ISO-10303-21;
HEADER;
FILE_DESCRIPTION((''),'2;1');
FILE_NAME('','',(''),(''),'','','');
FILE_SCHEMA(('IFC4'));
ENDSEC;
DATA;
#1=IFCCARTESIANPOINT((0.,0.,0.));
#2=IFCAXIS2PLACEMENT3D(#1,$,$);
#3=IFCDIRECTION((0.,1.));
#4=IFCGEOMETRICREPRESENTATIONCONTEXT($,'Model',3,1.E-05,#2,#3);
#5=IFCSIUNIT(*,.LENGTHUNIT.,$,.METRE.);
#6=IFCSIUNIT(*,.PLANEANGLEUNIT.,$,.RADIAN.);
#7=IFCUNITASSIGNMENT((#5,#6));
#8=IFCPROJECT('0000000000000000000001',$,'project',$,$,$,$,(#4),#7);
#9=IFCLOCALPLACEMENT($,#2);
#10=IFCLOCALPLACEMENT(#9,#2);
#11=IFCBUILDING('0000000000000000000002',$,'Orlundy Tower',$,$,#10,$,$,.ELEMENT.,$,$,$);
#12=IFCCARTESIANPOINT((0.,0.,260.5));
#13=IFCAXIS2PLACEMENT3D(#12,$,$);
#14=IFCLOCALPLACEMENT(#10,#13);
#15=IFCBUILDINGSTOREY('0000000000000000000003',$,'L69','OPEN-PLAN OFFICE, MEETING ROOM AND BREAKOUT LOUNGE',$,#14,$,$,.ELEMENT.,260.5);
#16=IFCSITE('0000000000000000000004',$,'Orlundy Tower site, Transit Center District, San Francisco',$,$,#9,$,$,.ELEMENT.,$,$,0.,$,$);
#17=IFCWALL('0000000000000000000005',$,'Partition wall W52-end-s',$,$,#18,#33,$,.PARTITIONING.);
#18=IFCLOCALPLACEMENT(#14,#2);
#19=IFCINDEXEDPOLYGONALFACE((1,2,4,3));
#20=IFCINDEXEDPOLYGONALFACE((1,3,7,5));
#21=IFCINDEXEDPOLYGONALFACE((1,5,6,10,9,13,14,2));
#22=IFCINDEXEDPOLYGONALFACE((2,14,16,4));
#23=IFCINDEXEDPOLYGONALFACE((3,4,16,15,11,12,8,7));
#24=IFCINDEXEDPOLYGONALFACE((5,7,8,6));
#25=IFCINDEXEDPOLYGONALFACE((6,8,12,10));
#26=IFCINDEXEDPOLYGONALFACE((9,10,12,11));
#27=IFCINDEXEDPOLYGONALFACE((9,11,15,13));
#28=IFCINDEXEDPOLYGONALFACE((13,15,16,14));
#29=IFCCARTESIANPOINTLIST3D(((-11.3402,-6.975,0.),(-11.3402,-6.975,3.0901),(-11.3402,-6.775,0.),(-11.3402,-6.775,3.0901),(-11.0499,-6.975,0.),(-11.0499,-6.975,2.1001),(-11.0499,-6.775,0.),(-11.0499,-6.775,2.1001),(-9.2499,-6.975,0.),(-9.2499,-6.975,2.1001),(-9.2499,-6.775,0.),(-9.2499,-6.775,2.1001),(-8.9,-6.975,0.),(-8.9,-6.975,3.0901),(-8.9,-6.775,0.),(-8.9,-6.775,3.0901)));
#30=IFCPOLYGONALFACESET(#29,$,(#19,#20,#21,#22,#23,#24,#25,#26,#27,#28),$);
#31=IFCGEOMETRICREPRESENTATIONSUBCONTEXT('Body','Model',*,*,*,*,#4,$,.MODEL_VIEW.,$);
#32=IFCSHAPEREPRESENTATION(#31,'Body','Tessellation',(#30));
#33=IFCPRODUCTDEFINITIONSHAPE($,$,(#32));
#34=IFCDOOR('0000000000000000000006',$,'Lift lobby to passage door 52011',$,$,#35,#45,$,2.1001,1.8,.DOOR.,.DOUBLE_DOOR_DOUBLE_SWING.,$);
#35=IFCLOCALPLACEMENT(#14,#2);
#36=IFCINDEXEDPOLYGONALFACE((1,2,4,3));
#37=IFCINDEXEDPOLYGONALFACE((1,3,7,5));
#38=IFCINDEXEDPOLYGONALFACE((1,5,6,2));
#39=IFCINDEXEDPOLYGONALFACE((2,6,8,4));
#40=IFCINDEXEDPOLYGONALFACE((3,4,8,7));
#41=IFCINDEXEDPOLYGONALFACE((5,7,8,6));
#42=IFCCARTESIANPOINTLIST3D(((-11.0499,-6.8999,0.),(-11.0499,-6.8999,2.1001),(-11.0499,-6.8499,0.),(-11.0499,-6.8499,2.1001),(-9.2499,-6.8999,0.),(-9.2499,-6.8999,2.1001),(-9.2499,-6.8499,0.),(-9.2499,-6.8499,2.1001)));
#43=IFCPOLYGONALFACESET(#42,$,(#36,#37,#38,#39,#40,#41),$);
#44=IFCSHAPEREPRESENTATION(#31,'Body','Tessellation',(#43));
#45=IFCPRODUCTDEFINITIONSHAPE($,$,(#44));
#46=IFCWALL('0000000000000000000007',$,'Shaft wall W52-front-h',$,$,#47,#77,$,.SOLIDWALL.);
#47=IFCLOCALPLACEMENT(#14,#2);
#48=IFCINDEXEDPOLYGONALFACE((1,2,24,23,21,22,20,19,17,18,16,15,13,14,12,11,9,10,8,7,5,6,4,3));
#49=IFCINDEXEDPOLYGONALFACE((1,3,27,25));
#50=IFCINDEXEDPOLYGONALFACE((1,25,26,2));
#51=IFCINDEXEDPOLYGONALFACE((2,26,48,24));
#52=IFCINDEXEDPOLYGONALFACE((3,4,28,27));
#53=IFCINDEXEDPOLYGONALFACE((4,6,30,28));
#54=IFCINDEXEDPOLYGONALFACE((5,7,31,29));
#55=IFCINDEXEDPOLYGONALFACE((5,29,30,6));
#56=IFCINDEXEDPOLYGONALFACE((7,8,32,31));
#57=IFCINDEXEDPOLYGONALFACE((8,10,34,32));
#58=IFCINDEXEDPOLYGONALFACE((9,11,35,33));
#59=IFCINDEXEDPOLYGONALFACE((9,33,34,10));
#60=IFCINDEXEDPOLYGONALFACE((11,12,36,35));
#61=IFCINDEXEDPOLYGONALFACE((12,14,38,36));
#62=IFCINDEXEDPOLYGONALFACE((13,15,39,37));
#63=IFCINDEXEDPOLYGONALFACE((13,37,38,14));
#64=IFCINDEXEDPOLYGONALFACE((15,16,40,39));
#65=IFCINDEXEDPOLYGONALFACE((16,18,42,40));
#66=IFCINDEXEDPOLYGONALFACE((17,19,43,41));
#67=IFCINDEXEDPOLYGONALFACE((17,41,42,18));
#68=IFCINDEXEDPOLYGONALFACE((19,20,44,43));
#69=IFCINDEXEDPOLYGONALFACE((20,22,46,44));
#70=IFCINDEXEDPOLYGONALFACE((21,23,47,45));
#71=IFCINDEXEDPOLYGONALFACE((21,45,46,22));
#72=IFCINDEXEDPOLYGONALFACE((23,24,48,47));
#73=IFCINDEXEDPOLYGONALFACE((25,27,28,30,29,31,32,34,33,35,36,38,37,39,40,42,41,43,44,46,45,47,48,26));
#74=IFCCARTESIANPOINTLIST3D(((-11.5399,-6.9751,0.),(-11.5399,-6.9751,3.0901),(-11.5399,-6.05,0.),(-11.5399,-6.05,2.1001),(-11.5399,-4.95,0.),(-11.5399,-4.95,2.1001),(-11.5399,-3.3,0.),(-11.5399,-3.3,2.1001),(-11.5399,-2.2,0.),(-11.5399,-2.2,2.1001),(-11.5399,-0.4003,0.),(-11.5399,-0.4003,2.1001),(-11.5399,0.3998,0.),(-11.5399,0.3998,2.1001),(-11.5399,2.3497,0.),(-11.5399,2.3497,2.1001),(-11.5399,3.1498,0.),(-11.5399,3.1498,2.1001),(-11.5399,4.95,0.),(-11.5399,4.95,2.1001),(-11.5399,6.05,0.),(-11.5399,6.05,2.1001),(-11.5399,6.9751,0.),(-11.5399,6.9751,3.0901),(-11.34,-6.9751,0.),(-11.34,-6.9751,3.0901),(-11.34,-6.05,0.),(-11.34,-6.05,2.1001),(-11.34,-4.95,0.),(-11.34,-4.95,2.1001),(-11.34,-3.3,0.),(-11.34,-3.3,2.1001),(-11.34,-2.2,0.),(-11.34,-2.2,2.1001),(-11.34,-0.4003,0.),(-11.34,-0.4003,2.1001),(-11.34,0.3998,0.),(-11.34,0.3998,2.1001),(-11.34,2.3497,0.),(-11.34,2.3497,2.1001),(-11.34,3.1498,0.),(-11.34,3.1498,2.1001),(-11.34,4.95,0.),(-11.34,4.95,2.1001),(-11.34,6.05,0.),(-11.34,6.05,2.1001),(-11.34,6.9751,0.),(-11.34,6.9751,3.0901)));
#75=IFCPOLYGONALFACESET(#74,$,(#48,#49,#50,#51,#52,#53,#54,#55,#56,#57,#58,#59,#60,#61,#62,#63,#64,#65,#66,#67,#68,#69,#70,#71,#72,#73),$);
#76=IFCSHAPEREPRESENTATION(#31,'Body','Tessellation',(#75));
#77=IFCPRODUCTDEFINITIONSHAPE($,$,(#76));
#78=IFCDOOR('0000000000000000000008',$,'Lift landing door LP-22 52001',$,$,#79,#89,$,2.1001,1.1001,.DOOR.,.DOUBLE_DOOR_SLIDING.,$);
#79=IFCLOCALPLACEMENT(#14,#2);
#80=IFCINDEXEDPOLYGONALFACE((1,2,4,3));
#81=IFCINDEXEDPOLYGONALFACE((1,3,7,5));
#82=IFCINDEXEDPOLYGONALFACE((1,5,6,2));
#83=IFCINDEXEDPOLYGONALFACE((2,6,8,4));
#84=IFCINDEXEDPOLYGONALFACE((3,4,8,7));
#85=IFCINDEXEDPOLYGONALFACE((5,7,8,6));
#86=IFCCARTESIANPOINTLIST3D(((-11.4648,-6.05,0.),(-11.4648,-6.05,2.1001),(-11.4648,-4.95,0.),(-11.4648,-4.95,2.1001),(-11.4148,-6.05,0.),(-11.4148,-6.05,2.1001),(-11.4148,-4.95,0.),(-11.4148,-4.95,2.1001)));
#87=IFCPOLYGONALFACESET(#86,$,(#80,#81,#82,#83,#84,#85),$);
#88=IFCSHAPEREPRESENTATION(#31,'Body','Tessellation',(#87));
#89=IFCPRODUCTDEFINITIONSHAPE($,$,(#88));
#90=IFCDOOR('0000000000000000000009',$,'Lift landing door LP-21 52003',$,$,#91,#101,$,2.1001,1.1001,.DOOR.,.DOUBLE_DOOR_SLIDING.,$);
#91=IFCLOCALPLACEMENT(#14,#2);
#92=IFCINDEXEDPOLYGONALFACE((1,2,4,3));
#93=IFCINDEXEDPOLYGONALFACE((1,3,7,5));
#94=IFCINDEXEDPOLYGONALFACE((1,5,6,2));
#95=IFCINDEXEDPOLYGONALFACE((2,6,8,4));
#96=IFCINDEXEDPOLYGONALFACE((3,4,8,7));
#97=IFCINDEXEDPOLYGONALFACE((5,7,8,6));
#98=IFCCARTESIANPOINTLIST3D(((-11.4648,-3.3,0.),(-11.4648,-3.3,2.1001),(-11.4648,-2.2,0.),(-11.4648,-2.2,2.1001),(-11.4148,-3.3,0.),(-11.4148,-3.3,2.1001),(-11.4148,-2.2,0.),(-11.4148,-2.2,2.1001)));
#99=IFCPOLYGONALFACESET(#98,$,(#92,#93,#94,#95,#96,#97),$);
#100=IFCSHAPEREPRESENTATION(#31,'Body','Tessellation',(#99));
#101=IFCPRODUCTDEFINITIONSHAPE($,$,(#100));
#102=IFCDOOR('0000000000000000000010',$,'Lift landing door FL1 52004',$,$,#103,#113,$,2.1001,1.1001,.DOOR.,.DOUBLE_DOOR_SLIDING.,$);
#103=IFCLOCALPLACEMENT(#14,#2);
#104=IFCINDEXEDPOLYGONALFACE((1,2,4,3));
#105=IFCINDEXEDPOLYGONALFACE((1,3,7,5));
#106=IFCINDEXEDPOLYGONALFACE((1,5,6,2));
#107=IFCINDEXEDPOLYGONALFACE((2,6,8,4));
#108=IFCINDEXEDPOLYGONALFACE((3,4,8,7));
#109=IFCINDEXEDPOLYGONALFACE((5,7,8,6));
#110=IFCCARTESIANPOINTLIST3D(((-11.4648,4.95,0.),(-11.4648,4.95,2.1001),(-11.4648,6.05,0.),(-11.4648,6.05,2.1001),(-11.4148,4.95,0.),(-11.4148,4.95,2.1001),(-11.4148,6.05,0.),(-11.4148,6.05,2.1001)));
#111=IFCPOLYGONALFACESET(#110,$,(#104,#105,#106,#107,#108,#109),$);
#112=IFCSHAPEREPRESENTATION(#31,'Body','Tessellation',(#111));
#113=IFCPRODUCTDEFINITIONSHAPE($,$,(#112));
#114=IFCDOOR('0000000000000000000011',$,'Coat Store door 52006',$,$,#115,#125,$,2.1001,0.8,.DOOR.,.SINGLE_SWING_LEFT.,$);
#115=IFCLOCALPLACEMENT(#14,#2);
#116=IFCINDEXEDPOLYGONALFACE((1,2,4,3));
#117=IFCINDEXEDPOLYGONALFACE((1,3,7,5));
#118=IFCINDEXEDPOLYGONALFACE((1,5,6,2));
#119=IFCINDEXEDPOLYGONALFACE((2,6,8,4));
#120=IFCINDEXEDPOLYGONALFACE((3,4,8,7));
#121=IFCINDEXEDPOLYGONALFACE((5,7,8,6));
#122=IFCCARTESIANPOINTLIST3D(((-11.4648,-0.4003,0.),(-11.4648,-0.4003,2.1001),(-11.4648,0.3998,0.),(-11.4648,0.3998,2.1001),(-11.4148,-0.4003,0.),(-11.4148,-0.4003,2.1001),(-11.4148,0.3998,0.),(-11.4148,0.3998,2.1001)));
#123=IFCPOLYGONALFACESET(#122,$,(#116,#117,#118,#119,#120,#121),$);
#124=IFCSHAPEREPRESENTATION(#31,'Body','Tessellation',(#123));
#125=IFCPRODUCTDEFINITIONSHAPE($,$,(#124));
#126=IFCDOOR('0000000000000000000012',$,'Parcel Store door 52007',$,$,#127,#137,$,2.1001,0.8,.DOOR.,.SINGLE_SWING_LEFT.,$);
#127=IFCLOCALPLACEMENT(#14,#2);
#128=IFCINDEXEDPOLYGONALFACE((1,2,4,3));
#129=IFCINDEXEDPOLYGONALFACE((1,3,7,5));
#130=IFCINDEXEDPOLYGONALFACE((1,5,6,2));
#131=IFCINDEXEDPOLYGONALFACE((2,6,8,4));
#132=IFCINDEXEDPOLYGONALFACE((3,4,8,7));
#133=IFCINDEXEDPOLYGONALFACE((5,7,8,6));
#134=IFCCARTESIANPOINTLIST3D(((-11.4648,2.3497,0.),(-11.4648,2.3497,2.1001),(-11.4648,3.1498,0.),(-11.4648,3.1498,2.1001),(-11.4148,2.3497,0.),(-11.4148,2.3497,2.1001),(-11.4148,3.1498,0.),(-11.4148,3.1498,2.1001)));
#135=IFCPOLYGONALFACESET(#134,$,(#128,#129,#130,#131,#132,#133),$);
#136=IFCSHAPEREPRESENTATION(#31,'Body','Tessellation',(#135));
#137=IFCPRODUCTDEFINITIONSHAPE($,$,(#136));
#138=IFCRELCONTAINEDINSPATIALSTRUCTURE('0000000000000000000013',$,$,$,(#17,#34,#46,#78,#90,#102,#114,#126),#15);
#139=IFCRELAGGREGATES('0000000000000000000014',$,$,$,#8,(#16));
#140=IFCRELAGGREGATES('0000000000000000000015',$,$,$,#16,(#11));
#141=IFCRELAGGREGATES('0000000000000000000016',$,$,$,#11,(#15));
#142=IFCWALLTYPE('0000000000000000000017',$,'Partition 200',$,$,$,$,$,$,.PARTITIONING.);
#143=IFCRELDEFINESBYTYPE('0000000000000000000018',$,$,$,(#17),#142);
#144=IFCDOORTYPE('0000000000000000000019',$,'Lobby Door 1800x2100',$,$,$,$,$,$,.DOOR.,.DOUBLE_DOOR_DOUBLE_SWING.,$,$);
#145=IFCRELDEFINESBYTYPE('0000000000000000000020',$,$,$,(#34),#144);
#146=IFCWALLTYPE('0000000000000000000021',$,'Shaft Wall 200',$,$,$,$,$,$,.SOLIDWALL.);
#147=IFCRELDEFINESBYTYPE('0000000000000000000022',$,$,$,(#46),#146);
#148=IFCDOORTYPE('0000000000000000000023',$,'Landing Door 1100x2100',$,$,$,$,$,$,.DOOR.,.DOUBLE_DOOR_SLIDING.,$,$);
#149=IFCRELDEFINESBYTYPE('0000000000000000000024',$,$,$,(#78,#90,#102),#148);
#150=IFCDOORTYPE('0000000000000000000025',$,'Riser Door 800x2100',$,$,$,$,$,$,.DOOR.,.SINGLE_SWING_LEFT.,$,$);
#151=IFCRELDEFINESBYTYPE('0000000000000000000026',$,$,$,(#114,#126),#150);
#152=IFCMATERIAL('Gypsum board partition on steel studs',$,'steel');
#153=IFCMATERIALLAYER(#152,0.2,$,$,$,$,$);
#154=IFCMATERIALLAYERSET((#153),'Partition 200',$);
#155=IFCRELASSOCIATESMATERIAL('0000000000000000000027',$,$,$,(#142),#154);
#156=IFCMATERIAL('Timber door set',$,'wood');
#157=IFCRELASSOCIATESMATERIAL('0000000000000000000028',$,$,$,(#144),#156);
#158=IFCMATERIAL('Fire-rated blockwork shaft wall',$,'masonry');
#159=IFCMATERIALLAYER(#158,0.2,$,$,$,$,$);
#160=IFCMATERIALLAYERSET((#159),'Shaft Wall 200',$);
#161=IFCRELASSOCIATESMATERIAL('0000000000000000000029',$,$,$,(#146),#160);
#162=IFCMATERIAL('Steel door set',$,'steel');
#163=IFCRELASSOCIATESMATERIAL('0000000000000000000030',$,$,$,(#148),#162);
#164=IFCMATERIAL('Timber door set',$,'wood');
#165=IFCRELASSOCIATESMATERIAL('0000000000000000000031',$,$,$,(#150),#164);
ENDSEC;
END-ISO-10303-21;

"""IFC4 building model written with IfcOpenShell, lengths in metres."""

from ifc_helpers import new_model, si_unit, direction, frame, frame_2d, origin, place, context, subcontext, project, spatial, rectangle, extrude, material, layer, layer_set, type_object, element, fill, save


model = new_model("IFC4")

# Units and contexts
model_context = context("Model", 3, precision=1e-05, world=origin(), true_north=direction((0.0, 1.0)))
body_context = subcontext(model_context, "Body", "Model", "MODEL_VIEW")
ifc_project = project(units=[si_unit("LENGTHUNIT", "METRE"), si_unit("PLANEANGLEUNIT", "RADIAN")], contexts=[model_context])

# Site, building, storey
site_placement = place(None, origin())
site = spatial("IfcSite", under=ifc_project, at=site_placement, Name="Orlundy Tower site, Transit Center District, San Francisco", CompositionType="ELEMENT", RefElevation=0.0)
building_placement = place(site_placement, origin())
building = spatial("IfcBuilding", under=site, at=building_placement, Name="Orlundy Tower", CompositionType="ELEMENT")
storey_placement = place(building_placement, frame((0.0, 0.0, 260.5)))
storey = spatial("IfcBuildingStorey", under=building, at=storey_placement, Name="L69", Description="OPEN-PLAN OFFICE, MEETING ROOM AND BREAKOUT LOUNGE", CompositionType="ELEMENT", Elevation=260.5)

# Wall, opening, door
ifc_material_1 = material(Name="Gypsum board partition on steel studs", Category="steel")
ifc_layer_1 = layer(ifc_material_1, 0.2)
ifc_layer_set_1 = layer_set([ifc_layer_1], Name="Partition 200")
wall_type_1 = type_object("IfcWallType", Name="Partition 200", PredefinedType="PARTITIONING", material=ifc_layer_set_1)
wall_1_placement = place(storey_placement, frame((-8.8999, -6.875, 0.0), z_axis=(0.0, 0.0, 1.0), x_axis=(-1.0, 0.0, 0.0)))
wall_1 = element("IfcWall", 1, at=wall_1_placement, inside=storey, type_object=wall_type_1, Name="Partition wall W52-end-s", PredefinedType="PARTITIONING", context=body_context, shape_type="SweptSolid", body=[
    extrude(rectangle(XDim=2.4402, YDim=0.2, at=frame_2d((1.2202, 0.0))), origin(), (0.0, 0.0, 1.0), 3.0901),
])
opening_1_placement = place(wall_1_placement, frame((0.3501, 0.0, 0.0)))
opening_1 = element("IfcOpeningElement", 2, at=opening_1_placement, cuts=wall_1, PredefinedType="OPENING", context=body_context, shape_type="SweptSolid", body=[
    extrude(rectangle(XDim=1.8, YDim=2.1001, at=frame_2d((0.8999, 1.05))), frame((0.0, 0.1101, 0.0), z_axis=(0.0, -1.0, 0.0), x_axis=(1.0, 0.0, 0.0)), (0.0, 0.0, 1.0), 0.2202),
])
ifc_material_2 = material(Name="Timber door set", Category="wood")
door_type_1 = type_object("IfcDoorType", Name="Lobby Door 1800x2100", OperationType="DOUBLE_DOOR_DOUBLE_SWING", PredefinedType="DOOR", material=ifc_material_2)
door_1_placement = place(opening_1_placement, origin())
door_1 = element("IfcDoor", 3, at=door_1_placement, inside=storey, type_object=door_type_1, Name="Lift lobby to passage door 52011", OperationType="DOUBLE_DOOR_DOUBLE_SWING", OverallHeight=2.1001, OverallWidth=1.8, PredefinedType="DOOR", context=body_context, shape_type="SweptSolid", body=[
    extrude(rectangle(XDim=1.8, YDim=2.1001, at=frame_2d((0.8999, 1.05))), frame((0.0, 0.0249, 0.0), z_axis=(0.0, -1.0, 0.0), x_axis=(1.0, 0.0, 0.0)), (0.0, 0.0, 1.0), 0.05),
])
fill(opening_1, door_1)

# Wall, openings, doors
ifc_material_3 = material(Name="Fire-rated blockwork shaft wall", Category="masonry")
ifc_layer_2 = layer(ifc_material_3, 0.2)
ifc_layer_set_2 = layer_set([ifc_layer_2], Name="Shaft Wall 200")
wall_type_2 = type_object("IfcWallType", Name="Shaft Wall 200", PredefinedType="SOLIDWALL", material=ifc_layer_set_2)
wall_2_placement = place(storey_placement, frame((-11.4399, -6.9751, 0.0), z_axis=(0.0, 0.0, 1.0), x_axis=(0.0, 1.0, 0.0)))
wall_2 = element("IfcWall", 4, at=wall_2_placement, inside=storey, type_object=wall_type_2, Name="Shaft wall W52-front-h", PredefinedType="SOLIDWALL", context=body_context, shape_type="SweptSolid", body=[
    extrude(rectangle(XDim=13.9502, YDim=0.2, at=frame_2d((6.9751, 0.0))), origin(), (0.0, 0.0, 1.0), 3.0901),
])
opening_2_placement = place(wall_2_placement, frame((0.925, 0.0, 0.0)))
opening_2 = element("IfcOpeningElement", 5, at=opening_2_placement, cuts=wall_2, PredefinedType="OPENING", context=body_context, shape_type="SweptSolid", body=[
    extrude(rectangle(XDim=1.1001, YDim=2.1001, at=frame_2d((0.55, 1.05))), frame((0.0, 0.1101, 0.0), z_axis=(0.0, -1.0, 0.0), x_axis=(1.0, 0.0, 0.0)), (0.0, 0.0, 1.0), 0.2202),
])
opening_3_placement = place(wall_2_placement, frame((3.675, 0.0, 0.0)))
opening_3 = element("IfcOpeningElement", 6, at=opening_3_placement, cuts=wall_2, PredefinedType="OPENING", context=body_context, shape_type="SweptSolid", body=[
    extrude(rectangle(XDim=1.1001, YDim=2.1001, at=frame_2d((0.55, 1.05))), frame((0.0, 0.1101, 0.0), z_axis=(0.0, -1.0, 0.0), x_axis=(1.0, 0.0, 0.0)), (0.0, 0.0, 1.0), 0.2202),
])
opening_4_placement = place(wall_2_placement, frame((11.925, 0.0, 0.0)))
opening_4 = element("IfcOpeningElement", 7, at=opening_4_placement, cuts=wall_2, PredefinedType="OPENING", context=body_context, shape_type="SweptSolid", body=[
    extrude(rectangle(XDim=1.1001, YDim=2.1001, at=frame_2d((0.55, 1.05))), frame((0.0, 0.1101, 0.0), z_axis=(0.0, -1.0, 0.0), x_axis=(1.0, 0.0, 0.0)), (0.0, 0.0, 1.0), 0.2202),
])
opening_5_placement = place(wall_2_placement, frame((6.575, 0.0, 0.0)))
opening_5 = element("IfcOpeningElement", 8, at=opening_5_placement, cuts=wall_2, PredefinedType="OPENING", context=body_context, shape_type="SweptSolid", body=[
    extrude(rectangle(XDim=0.8, YDim=2.1001, at=frame_2d((0.3999, 1.05))), frame((0.0, 0.1101, 0.0), z_axis=(0.0, -1.0, 0.0), x_axis=(1.0, 0.0, 0.0)), (0.0, 0.0, 1.0), 0.2202),
])
opening_6_placement = place(wall_2_placement, frame((9.325, 0.0, 0.0)))
opening_6 = element("IfcOpeningElement", 9, at=opening_6_placement, cuts=wall_2, PredefinedType="OPENING", context=body_context, shape_type="SweptSolid", body=[
    extrude(rectangle(XDim=0.8, YDim=2.1001, at=frame_2d((0.3999, 1.05))), frame((0.0, 0.1101, 0.0), z_axis=(0.0, -1.0, 0.0), x_axis=(1.0, 0.0, 0.0)), (0.0, 0.0, 1.0), 0.2202),
])
ifc_material_4 = material(Name="Steel door set", Category="steel")
door_type_2 = type_object("IfcDoorType", Name="Landing Door 1100x2100", OperationType="DOUBLE_DOOR_SLIDING", PredefinedType="DOOR", material=ifc_material_4)
door_2_placement = place(opening_2_placement, origin())
door_2 = element("IfcDoor", 10, at=door_2_placement, inside=storey, type_object=door_type_2, Name="Lift landing door LP-22 52001", OperationType="DOUBLE_DOOR_SLIDING", OverallHeight=2.1001, OverallWidth=1.1001, PredefinedType="DOOR", context=body_context, shape_type="SweptSolid", body=[
    extrude(rectangle(XDim=1.1001, YDim=2.1001, at=frame_2d((0.55, 1.05))), frame((0.0, 0.0249, 0.0), z_axis=(0.0, -1.0, 0.0), x_axis=(1.0, 0.0, 0.0)), (0.0, 0.0, 1.0), 0.05),
])
fill(opening_2, door_2)
door_3_placement = place(opening_3_placement, origin())
door_3 = element("IfcDoor", 11, at=door_3_placement, inside=storey, type_object=door_type_2, Name="Lift landing door LP-21 52003", OperationType="DOUBLE_DOOR_SLIDING", OverallHeight=2.1001, OverallWidth=1.1001, PredefinedType="DOOR", context=body_context, shape_type="SweptSolid", body=[
    extrude(rectangle(XDim=1.1001, YDim=2.1001, at=frame_2d((0.55, 1.05))), frame((0.0, 0.0249, 0.0), z_axis=(0.0, -1.0, 0.0), x_axis=(1.0, 0.0, 0.0)), (0.0, 0.0, 1.0), 0.05),
])
fill(opening_3, door_3)
door_4_placement = place(opening_4_placement, origin())
door_4 = element("IfcDoor", 12, at=door_4_placement, inside=storey, type_object=door_type_2, Name="Lift landing door FL1 52004", OperationType="DOUBLE_DOOR_SLIDING", OverallHeight=2.1001, OverallWidth=1.1001, PredefinedType="DOOR", context=body_context, shape_type="SweptSolid", body=[
    extrude(rectangle(XDim=1.1001, YDim=2.1001, at=frame_2d((0.55, 1.05))), frame((0.0, 0.0249, 0.0), z_axis=(0.0, -1.0, 0.0), x_axis=(1.0, 0.0, 0.0)), (0.0, 0.0, 1.0), 0.05),
])
fill(opening_4, door_4)
ifc_material_5 = material(Name="Timber door set", Category="wood")
door_type_3 = type_object("IfcDoorType", Name="Riser Door 800x2100", OperationType="SINGLE_SWING_LEFT", PredefinedType="DOOR", material=ifc_material_5)
door_5_placement = place(opening_5_placement, origin())
door_5 = element("IfcDoor", 13, at=door_5_placement, inside=storey, type_object=door_type_3, Name="Coat Store door 52006", OperationType="SINGLE_SWING_LEFT", OverallHeight=2.1001, OverallWidth=0.8, PredefinedType="DOOR", context=body_context, shape_type="SweptSolid", body=[
    extrude(rectangle(XDim=0.8, YDim=2.1001, at=frame_2d((0.3999, 1.05))), frame((0.0, 0.0249, 0.0), z_axis=(0.0, -1.0, 0.0), x_axis=(1.0, 0.0, 0.0)), (0.0, 0.0, 1.0), 0.05),
])
fill(opening_5, door_5)
door_6_placement = place(opening_6_placement, origin())
door_6 = element("IfcDoor", 14, at=door_6_placement, inside=storey, type_object=door_type_3, Name="Parcel Store door 52007", OperationType="SINGLE_SWING_LEFT", OverallHeight=2.1001, OverallWidth=0.8, PredefinedType="DOOR", context=body_context, shape_type="SweptSolid", body=[
    extrude(rectangle(XDim=0.8, YDim=2.1001, at=frame_2d((0.3999, 1.05))), frame((0.0, 0.0249, 0.0), z_axis=(0.0, -1.0, 0.0), x_axis=(1.0, 0.0, 0.0)), (0.0, 0.0, 1.0), 0.05),
])
fill(opening_6, door_6)

save(model, "model.ifc")
